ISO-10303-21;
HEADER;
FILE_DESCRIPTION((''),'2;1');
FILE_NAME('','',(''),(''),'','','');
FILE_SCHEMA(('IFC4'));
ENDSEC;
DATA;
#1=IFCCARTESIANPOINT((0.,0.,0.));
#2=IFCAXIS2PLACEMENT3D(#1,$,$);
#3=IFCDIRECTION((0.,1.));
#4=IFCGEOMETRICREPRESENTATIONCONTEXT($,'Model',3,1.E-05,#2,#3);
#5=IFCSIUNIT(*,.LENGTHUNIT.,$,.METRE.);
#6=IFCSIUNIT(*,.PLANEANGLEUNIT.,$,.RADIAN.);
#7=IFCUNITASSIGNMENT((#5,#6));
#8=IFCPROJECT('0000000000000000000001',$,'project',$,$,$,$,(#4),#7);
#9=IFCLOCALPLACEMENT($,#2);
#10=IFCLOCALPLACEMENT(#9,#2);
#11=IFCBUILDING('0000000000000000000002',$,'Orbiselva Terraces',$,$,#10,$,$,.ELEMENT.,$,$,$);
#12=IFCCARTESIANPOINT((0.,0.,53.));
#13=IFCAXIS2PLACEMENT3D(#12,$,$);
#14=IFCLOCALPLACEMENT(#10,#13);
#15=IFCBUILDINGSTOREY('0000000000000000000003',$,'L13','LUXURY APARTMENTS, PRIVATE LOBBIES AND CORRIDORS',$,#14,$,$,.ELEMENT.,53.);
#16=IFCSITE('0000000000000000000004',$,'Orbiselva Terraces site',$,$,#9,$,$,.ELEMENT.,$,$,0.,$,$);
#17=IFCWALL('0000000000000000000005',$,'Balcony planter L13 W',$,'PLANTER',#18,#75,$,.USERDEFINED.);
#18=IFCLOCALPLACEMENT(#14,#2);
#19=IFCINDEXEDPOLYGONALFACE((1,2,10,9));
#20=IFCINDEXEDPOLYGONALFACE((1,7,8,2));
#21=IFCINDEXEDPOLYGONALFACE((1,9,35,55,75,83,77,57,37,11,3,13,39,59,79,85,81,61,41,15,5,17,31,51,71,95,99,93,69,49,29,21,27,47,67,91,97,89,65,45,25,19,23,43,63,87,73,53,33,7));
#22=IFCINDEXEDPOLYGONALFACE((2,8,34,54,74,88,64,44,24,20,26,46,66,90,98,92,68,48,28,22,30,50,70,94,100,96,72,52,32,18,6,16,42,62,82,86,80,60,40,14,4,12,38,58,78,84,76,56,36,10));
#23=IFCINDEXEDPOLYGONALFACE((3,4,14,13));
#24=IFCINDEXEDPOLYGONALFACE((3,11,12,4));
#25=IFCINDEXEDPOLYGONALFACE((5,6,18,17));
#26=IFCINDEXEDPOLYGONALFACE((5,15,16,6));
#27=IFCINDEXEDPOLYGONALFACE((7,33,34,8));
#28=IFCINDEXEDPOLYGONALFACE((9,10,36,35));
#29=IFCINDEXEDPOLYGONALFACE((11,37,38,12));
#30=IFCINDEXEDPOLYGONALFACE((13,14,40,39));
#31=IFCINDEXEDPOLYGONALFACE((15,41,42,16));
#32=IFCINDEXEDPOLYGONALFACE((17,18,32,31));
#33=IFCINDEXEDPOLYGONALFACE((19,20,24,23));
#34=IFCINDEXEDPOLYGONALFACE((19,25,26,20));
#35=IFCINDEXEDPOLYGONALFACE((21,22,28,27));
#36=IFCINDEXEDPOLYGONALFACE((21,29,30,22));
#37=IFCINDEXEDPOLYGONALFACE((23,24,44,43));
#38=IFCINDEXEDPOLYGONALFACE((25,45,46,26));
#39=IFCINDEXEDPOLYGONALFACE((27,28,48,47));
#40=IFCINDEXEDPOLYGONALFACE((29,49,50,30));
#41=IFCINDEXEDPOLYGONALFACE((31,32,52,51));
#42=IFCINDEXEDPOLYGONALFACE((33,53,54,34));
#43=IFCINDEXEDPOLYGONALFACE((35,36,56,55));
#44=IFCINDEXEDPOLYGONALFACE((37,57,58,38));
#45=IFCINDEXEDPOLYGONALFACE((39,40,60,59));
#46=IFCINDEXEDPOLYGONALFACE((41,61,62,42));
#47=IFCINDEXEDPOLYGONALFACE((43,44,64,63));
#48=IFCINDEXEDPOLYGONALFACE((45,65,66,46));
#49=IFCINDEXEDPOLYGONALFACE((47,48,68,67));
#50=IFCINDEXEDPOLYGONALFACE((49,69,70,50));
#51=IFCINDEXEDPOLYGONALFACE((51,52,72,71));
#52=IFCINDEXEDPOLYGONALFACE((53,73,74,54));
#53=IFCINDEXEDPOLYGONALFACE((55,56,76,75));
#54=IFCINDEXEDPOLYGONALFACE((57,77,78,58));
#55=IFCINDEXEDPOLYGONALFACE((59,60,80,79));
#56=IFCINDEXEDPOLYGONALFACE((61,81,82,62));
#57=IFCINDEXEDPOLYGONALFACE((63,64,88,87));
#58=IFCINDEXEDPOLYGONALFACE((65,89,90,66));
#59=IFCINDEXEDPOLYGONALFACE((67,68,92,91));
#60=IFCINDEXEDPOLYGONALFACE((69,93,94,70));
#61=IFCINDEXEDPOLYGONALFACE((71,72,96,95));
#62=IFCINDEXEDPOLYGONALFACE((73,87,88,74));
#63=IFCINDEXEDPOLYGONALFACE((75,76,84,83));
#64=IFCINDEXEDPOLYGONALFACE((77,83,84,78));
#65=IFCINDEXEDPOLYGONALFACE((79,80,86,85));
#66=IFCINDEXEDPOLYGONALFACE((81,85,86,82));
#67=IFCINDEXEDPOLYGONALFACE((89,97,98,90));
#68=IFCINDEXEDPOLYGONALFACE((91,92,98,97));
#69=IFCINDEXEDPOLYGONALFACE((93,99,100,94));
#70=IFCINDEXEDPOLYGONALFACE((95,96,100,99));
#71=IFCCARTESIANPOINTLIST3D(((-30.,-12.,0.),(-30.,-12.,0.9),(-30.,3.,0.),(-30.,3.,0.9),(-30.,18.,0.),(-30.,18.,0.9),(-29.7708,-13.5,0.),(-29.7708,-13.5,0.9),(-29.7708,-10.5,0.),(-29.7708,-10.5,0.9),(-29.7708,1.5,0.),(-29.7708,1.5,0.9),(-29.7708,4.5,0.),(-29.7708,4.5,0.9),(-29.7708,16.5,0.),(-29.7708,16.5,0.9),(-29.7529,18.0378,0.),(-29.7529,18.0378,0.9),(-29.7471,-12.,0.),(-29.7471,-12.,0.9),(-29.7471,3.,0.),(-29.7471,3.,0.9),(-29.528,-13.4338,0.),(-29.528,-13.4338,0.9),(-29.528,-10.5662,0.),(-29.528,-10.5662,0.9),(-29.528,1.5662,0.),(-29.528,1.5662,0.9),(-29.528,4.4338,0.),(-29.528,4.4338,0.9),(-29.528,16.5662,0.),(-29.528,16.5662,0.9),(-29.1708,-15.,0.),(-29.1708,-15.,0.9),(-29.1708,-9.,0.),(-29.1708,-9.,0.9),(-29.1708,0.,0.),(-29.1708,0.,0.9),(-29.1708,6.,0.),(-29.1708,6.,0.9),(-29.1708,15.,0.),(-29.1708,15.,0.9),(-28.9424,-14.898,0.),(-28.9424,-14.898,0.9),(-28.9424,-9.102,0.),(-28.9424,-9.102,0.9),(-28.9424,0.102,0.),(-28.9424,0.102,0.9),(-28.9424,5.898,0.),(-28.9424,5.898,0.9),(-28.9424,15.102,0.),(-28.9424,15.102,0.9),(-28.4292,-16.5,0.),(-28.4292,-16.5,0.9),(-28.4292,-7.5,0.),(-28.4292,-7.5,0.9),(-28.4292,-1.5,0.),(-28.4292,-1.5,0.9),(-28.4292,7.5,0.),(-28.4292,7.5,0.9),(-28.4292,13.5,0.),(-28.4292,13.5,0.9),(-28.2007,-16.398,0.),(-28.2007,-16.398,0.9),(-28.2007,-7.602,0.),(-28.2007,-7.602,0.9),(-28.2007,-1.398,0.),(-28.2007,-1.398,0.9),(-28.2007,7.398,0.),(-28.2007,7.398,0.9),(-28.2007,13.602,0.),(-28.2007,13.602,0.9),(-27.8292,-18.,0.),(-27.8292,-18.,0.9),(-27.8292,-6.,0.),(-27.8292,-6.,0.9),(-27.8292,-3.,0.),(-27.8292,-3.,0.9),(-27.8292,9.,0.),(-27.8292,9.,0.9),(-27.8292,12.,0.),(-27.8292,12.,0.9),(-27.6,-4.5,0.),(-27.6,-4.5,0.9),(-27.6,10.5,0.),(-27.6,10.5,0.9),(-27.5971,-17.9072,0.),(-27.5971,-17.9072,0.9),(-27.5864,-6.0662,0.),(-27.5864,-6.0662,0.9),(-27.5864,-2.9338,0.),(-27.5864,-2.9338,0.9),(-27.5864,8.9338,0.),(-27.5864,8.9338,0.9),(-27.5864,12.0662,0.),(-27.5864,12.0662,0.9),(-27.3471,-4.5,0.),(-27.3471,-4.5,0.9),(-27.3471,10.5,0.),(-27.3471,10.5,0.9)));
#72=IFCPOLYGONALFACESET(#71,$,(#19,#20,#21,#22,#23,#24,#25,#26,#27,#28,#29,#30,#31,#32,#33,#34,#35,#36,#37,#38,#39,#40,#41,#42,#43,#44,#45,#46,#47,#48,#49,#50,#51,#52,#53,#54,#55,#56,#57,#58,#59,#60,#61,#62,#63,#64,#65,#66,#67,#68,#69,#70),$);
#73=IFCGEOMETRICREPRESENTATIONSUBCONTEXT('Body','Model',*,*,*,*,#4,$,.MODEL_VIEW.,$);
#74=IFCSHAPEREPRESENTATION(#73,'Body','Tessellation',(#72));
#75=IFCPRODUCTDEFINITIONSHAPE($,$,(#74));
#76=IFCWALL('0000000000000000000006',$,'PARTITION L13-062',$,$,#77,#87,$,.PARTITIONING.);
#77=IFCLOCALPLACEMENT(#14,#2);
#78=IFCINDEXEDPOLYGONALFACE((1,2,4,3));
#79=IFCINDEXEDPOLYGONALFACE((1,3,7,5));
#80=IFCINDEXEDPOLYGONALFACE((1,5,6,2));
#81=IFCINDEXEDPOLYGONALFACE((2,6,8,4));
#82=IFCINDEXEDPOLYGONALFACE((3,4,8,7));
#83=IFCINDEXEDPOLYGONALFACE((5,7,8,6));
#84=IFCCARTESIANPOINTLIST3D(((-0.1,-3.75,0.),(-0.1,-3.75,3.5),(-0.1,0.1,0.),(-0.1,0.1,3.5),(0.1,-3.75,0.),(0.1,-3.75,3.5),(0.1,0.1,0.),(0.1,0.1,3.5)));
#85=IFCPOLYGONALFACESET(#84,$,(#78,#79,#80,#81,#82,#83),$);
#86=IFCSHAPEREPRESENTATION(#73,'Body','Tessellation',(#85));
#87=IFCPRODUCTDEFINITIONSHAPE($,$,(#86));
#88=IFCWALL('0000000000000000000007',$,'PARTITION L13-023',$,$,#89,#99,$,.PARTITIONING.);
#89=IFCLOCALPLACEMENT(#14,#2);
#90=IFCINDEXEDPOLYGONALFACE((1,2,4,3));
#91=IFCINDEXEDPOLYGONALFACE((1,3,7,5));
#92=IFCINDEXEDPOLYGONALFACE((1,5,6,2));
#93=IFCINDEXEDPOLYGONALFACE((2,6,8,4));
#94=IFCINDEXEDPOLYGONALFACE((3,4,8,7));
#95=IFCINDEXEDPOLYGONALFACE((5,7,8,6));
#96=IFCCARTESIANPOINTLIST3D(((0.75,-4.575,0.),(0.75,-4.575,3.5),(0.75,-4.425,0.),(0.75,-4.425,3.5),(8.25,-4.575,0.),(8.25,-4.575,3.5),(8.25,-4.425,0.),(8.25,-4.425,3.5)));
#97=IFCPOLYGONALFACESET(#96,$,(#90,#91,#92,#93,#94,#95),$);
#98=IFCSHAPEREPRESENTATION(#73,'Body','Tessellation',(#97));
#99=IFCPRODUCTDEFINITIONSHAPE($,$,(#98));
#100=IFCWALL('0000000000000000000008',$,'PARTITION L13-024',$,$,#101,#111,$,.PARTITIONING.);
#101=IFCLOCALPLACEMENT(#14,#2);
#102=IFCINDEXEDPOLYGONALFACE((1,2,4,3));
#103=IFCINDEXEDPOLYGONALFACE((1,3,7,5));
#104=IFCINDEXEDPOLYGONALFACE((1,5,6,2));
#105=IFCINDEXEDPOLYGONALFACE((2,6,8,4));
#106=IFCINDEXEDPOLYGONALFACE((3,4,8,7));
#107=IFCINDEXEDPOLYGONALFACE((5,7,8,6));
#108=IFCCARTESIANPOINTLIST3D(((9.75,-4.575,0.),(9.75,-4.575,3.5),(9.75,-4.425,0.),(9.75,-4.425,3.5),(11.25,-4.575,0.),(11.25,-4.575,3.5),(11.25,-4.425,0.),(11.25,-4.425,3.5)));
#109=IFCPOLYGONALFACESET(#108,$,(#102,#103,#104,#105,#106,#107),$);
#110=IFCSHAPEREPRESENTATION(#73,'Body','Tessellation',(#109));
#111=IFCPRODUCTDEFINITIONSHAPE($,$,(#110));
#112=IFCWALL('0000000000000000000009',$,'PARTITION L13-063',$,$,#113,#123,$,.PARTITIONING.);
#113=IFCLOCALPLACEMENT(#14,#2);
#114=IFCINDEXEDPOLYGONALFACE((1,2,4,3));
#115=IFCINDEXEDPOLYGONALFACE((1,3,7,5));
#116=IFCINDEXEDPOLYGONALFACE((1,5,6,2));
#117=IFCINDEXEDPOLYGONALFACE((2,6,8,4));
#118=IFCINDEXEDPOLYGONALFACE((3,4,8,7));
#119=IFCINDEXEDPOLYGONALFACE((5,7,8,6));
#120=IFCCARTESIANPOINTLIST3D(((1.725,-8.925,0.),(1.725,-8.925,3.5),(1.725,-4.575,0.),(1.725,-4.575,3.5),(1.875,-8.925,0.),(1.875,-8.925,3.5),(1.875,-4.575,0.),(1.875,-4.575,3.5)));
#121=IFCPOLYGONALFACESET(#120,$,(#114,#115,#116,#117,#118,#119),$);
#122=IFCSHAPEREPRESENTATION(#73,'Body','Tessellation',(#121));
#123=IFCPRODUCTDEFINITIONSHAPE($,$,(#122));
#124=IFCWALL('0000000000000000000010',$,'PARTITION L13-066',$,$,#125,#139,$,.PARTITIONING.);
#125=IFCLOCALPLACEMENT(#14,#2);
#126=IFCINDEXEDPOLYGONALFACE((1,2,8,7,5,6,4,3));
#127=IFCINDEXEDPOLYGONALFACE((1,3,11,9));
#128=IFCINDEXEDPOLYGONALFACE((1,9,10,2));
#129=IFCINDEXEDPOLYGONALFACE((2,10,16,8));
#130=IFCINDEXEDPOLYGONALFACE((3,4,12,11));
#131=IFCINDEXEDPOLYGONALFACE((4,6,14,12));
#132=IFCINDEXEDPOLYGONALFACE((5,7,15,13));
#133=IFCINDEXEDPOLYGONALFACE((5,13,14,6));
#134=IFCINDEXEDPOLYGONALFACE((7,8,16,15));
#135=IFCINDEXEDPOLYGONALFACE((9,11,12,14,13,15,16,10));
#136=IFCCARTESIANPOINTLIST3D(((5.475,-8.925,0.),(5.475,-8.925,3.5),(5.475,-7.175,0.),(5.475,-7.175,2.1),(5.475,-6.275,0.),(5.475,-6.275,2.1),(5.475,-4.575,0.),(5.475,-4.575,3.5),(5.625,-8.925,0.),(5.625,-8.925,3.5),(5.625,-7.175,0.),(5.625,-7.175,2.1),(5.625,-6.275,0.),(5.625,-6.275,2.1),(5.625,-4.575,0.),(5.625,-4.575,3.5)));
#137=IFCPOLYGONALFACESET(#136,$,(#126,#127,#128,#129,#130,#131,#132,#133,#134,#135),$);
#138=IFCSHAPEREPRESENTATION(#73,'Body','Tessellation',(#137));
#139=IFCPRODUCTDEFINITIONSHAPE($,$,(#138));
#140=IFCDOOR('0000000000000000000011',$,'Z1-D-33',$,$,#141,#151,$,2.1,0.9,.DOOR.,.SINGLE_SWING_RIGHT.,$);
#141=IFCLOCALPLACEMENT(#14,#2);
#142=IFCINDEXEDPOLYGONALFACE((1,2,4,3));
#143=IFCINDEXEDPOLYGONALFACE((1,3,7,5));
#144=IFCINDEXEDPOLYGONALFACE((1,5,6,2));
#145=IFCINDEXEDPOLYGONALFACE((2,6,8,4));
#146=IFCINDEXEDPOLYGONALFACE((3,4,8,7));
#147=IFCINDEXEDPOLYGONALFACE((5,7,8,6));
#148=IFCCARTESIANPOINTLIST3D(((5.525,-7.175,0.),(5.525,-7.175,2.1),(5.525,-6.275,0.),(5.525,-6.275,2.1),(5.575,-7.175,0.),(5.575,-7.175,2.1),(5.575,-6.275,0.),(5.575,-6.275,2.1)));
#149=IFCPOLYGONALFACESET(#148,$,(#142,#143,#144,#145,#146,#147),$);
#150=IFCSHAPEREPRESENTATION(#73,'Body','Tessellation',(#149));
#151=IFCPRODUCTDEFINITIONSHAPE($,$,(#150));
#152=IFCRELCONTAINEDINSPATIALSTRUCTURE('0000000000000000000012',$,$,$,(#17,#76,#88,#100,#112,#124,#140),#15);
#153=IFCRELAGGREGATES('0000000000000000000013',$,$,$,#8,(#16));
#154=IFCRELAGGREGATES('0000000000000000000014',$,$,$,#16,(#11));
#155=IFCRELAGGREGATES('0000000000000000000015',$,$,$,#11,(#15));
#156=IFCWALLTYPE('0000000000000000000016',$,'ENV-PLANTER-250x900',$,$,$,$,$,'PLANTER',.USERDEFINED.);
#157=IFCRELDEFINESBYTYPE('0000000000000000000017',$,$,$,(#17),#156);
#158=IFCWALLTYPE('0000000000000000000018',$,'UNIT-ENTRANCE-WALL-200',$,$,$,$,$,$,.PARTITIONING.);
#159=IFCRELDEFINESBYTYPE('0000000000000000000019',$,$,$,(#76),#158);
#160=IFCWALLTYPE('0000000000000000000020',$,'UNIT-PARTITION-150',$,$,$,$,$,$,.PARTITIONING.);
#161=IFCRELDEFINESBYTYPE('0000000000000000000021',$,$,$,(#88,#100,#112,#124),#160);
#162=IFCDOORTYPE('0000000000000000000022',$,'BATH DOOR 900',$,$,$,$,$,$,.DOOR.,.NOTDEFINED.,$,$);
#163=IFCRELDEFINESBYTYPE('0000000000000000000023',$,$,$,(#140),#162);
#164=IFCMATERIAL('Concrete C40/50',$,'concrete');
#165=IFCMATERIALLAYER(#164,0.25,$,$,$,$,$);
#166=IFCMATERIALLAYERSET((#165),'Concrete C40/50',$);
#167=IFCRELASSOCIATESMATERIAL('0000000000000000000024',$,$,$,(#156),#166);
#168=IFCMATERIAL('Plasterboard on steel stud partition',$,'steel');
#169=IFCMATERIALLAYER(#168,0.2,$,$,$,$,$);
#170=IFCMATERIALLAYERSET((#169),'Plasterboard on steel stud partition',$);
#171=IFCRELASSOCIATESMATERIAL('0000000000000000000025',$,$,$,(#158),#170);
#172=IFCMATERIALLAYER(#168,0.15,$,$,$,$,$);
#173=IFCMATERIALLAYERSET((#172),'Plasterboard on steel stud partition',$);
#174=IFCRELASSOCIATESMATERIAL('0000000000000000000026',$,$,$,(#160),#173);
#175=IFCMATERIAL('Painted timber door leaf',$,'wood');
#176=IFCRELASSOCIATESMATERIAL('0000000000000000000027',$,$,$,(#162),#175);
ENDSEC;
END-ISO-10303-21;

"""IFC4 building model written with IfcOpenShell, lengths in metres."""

from ifc_helpers import new_model, si_unit, direction, frame, frame_2d, origin, place, context, subcontext, project, spatial, polyline, rectangle, outline, extrude, material, layer, layer_set, type_object, element, fill, save


model = new_model("IFC4")

# Units and contexts
model_context = context("Model", 3, precision=1e-05, world=origin(), true_north=direction((0.0, 1.0)))
body_context = subcontext(model_context, "Body", "Model", "MODEL_VIEW")
ifc_project = project(units=[si_unit("LENGTHUNIT", "METRE"), si_unit("PLANEANGLEUNIT", "RADIAN")], contexts=[model_context])

# Site, building, storey
site_placement = place(None, origin())
site = spatial("IfcSite", under=ifc_project, at=site_placement, Name="Orbiselva Terraces site", CompositionType="ELEMENT", RefElevation=0.0)
building_placement = place(site_placement, origin())
building = spatial("IfcBuilding", under=site, at=building_placement, Name="Orbiselva Terraces", CompositionType="ELEMENT")
storey_placement = place(building_placement, frame((0.0, 0.0, 53.0)))
storey = spatial("IfcBuildingStorey", under=building, at=storey_placement, Name="L13", Description="LUXURY APARTMENTS, PRIVATE LOBBIES AND CORRIDORS", CompositionType="ELEMENT", Elevation=53.0)

# Shared definitions
ifc_material_1 = material(Name="Concrete C40/50", Category="concrete")

# Walls
ifc_layer_1 = layer(ifc_material_1, 0.25)
ifc_layer_set_1 = layer_set([ifc_layer_1], Name="Concrete C40/50")
wall_type_1 = type_object("IfcWallType", Name="ENV-PLANTER-250x900", ElementType="PLANTER", PredefinedType="USERDEFINED", material=ifc_layer_set_1)
wall_1_placement = place(storey_placement, origin())
element("IfcWall", 1, at=wall_1_placement, inside=storey, type_object=wall_type_1, Name="Balcony planter L13 W", ObjectType="PLANTER", PredefinedType="USERDEFINED", context=body_context, shape_type="SweptSolid", body=[
    extrude(outline(polyline([(-30.0, 18.0), (-29.7708, 16.5), (-29.1708, 15.0), (-28.4292, 13.5), (-27.8292, 12.0), (-27.6, 10.5), (-27.8292, 9.0), (-28.4292, 7.5), (-29.1708, 6.0), (-29.7708, 4.5), (-30.0, 3.0), (-29.7708, 1.5), (-29.1708, 0.0), (-28.4292, -1.5), (-27.8292, -3.0), (-27.6, -4.5), (-27.8292, -6.0), (-28.4292, -7.5), (-29.1708, -9.0), (-29.7708, -10.5), (-30.0, -12.0), (-29.7708, -13.5), (-29.1708, -15.0), (-28.4292, -16.5), (-27.8292, -18.0), (-27.5971, -17.9072), (-28.2007, -16.398), (-28.9424, -14.898), (-29.528, -13.4338), (-29.7471, -12.0), (-29.528, -10.5662), (-28.9424, -9.102), (-28.2007, -7.602), (-27.5864, -6.0662), (-27.3471, -4.5), (-27.5864, -2.9338), (-28.2007, -1.398), (-28.9424, 0.102), (-29.528, 1.5662), (-29.7471, 3.0), (-29.528, 4.4338), (-28.9424, 5.898), (-28.2007, 7.398), (-27.5864, 8.9338), (-27.3471, 10.5), (-27.5864, 12.0662), (-28.2007, 13.602), (-28.9424, 15.102), (-29.528, 16.5662), (-29.7529, 18.0378), (-30.0, 18.0)])), origin(), (0.0, 0.0, 1.0), 0.9),
])
ifc_material_2 = material(Name="Plasterboard on steel stud partition", Category="steel")
ifc_layer_2 = layer(ifc_material_2, 0.2)
ifc_layer_set_2 = layer_set([ifc_layer_2], Name="Plasterboard on steel stud partition")
wall_type_2 = type_object("IfcWallType", Name="UNIT-ENTRANCE-WALL-200", PredefinedType="PARTITIONING", material=ifc_layer_set_2)
wall_2_placement = place(storey_placement, frame((0.0, -3.75, 0.0), z_axis=(0.0, 0.0, 1.0), x_axis=(0.0, 1.0, 0.0)))
element("IfcWall", 2, at=wall_2_placement, inside=storey, type_object=wall_type_2, Name="PARTITION L13-062", PredefinedType="PARTITIONING", context=body_context, shape_type="SweptSolid", body=[
    extrude(rectangle(XDim=3.85, YDim=0.2, at=frame_2d((1.925, 0.0))), origin(), (0.0, 0.0, 1.0), 3.5),
])
ifc_layer_3 = layer(ifc_material_2, 0.15)
ifc_layer_set_3 = layer_set([ifc_layer_3], Name="Plasterboard on steel stud partition")
wall_type_3 = type_object("IfcWallType", Name="UNIT-PARTITION-150", PredefinedType="PARTITIONING", material=ifc_layer_set_3)
wall_3_placement = place(storey_placement, frame((0.75, -4.5, 0.0), z_axis=(0.0, 0.0, 1.0), x_axis=(1.0, 0.0, 0.0)))
element("IfcWall", 3, at=wall_3_placement, inside=storey, type_object=wall_type_3, Name="PARTITION L13-023", PredefinedType="PARTITIONING", context=body_context, shape_type="SweptSolid", body=[
    extrude(rectangle(XDim=7.5, YDim=0.15, at=frame_2d((3.75, 0.0))), origin(), (0.0, 0.0, 1.0), 3.5),
])
wall_4_placement = place(storey_placement, frame((9.75, -4.5, 0.0), z_axis=(0.0, 0.0, 1.0), x_axis=(1.0, 0.0, 0.0)))
element("IfcWall", 4, at=wall_4_placement, inside=storey, type_object=wall_type_3, Name="PARTITION L13-024", PredefinedType="PARTITIONING", context=body_context, shape_type="SweptSolid", body=[
    extrude(rectangle(XDim=1.5, YDim=0.15, at=frame_2d((0.75, 0.0))), origin(), (0.0, 0.0, 1.0), 3.5),
])
wall_5_placement = place(storey_placement, frame((1.8, -8.925, 0.0), z_axis=(0.0, 0.0, 1.0), x_axis=(0.0, 1.0, 0.0)))
element("IfcWall", 5, at=wall_5_placement, inside=storey, type_object=wall_type_3, Name="PARTITION L13-063", PredefinedType="PARTITIONING", context=body_context, shape_type="SweptSolid", body=[
    extrude(rectangle(XDim=4.35, YDim=0.15, at=frame_2d((2.175, 0.0))), origin(), (0.0, 0.0, 1.0), 3.5),
])

# Wall, opening, door
wall_6_placement = place(storey_placement, frame((5.55, -8.925, 0.0), z_axis=(0.0, 0.0, 1.0), x_axis=(0.0, 1.0, 0.0)))
wall_6 = element("IfcWall", 6, at=wall_6_placement, inside=storey, type_object=wall_type_3, Name="PARTITION L13-066", PredefinedType="PARTITIONING", context=body_context, shape_type="SweptSolid", body=[
    extrude(rectangle(XDim=4.35, YDim=0.15, at=frame_2d((2.175, 0.0))), origin(), (0.0, 0.0, 1.0), 3.5),
])
opening_placement = place(wall_6_placement, frame((1.75, 0.0, 0.0)))
opening = element("IfcOpeningElement", 7, at=opening_placement, cuts=wall_6, PredefinedType="OPENING", context=body_context, shape_type="SweptSolid", body=[
    extrude(rectangle(XDim=0.9, YDim=2.1, at=frame_2d((0.45, 1.05))), frame((0.0, 0.085, 0.0), z_axis=(0.0, -1.0, 0.0), x_axis=(1.0, 0.0, 0.0)), (0.0, 0.0, 1.0), 0.17),
])
ifc_material_3 = material(Name="Painted timber door leaf", Category="wood")
door_type = type_object("IfcDoorType", Name="BATH DOOR 900", OperationType="NOTDEFINED", PredefinedType="DOOR", material=ifc_material_3)
door_placement = place(opening_placement, origin())
door = element("IfcDoor", 8, at=door_placement, inside=storey, type_object=door_type, Name="Z1-D-33", OperationType="SINGLE_SWING_RIGHT", OverallHeight=2.1, OverallWidth=0.9, PredefinedType="DOOR", context=body_context, shape_type="SweptSolid", body=[
    extrude(rectangle(XDim=0.9, YDim=2.1, at=frame_2d((0.45, 1.05))), frame((0.0, 0.025, 0.0), z_axis=(0.0, -1.0, 0.0), x_axis=(1.0, 0.0, 0.0)), (0.0, 0.0, 1.0), 0.05),
])
fill(opening, door)

save(model, "model.ifc")
